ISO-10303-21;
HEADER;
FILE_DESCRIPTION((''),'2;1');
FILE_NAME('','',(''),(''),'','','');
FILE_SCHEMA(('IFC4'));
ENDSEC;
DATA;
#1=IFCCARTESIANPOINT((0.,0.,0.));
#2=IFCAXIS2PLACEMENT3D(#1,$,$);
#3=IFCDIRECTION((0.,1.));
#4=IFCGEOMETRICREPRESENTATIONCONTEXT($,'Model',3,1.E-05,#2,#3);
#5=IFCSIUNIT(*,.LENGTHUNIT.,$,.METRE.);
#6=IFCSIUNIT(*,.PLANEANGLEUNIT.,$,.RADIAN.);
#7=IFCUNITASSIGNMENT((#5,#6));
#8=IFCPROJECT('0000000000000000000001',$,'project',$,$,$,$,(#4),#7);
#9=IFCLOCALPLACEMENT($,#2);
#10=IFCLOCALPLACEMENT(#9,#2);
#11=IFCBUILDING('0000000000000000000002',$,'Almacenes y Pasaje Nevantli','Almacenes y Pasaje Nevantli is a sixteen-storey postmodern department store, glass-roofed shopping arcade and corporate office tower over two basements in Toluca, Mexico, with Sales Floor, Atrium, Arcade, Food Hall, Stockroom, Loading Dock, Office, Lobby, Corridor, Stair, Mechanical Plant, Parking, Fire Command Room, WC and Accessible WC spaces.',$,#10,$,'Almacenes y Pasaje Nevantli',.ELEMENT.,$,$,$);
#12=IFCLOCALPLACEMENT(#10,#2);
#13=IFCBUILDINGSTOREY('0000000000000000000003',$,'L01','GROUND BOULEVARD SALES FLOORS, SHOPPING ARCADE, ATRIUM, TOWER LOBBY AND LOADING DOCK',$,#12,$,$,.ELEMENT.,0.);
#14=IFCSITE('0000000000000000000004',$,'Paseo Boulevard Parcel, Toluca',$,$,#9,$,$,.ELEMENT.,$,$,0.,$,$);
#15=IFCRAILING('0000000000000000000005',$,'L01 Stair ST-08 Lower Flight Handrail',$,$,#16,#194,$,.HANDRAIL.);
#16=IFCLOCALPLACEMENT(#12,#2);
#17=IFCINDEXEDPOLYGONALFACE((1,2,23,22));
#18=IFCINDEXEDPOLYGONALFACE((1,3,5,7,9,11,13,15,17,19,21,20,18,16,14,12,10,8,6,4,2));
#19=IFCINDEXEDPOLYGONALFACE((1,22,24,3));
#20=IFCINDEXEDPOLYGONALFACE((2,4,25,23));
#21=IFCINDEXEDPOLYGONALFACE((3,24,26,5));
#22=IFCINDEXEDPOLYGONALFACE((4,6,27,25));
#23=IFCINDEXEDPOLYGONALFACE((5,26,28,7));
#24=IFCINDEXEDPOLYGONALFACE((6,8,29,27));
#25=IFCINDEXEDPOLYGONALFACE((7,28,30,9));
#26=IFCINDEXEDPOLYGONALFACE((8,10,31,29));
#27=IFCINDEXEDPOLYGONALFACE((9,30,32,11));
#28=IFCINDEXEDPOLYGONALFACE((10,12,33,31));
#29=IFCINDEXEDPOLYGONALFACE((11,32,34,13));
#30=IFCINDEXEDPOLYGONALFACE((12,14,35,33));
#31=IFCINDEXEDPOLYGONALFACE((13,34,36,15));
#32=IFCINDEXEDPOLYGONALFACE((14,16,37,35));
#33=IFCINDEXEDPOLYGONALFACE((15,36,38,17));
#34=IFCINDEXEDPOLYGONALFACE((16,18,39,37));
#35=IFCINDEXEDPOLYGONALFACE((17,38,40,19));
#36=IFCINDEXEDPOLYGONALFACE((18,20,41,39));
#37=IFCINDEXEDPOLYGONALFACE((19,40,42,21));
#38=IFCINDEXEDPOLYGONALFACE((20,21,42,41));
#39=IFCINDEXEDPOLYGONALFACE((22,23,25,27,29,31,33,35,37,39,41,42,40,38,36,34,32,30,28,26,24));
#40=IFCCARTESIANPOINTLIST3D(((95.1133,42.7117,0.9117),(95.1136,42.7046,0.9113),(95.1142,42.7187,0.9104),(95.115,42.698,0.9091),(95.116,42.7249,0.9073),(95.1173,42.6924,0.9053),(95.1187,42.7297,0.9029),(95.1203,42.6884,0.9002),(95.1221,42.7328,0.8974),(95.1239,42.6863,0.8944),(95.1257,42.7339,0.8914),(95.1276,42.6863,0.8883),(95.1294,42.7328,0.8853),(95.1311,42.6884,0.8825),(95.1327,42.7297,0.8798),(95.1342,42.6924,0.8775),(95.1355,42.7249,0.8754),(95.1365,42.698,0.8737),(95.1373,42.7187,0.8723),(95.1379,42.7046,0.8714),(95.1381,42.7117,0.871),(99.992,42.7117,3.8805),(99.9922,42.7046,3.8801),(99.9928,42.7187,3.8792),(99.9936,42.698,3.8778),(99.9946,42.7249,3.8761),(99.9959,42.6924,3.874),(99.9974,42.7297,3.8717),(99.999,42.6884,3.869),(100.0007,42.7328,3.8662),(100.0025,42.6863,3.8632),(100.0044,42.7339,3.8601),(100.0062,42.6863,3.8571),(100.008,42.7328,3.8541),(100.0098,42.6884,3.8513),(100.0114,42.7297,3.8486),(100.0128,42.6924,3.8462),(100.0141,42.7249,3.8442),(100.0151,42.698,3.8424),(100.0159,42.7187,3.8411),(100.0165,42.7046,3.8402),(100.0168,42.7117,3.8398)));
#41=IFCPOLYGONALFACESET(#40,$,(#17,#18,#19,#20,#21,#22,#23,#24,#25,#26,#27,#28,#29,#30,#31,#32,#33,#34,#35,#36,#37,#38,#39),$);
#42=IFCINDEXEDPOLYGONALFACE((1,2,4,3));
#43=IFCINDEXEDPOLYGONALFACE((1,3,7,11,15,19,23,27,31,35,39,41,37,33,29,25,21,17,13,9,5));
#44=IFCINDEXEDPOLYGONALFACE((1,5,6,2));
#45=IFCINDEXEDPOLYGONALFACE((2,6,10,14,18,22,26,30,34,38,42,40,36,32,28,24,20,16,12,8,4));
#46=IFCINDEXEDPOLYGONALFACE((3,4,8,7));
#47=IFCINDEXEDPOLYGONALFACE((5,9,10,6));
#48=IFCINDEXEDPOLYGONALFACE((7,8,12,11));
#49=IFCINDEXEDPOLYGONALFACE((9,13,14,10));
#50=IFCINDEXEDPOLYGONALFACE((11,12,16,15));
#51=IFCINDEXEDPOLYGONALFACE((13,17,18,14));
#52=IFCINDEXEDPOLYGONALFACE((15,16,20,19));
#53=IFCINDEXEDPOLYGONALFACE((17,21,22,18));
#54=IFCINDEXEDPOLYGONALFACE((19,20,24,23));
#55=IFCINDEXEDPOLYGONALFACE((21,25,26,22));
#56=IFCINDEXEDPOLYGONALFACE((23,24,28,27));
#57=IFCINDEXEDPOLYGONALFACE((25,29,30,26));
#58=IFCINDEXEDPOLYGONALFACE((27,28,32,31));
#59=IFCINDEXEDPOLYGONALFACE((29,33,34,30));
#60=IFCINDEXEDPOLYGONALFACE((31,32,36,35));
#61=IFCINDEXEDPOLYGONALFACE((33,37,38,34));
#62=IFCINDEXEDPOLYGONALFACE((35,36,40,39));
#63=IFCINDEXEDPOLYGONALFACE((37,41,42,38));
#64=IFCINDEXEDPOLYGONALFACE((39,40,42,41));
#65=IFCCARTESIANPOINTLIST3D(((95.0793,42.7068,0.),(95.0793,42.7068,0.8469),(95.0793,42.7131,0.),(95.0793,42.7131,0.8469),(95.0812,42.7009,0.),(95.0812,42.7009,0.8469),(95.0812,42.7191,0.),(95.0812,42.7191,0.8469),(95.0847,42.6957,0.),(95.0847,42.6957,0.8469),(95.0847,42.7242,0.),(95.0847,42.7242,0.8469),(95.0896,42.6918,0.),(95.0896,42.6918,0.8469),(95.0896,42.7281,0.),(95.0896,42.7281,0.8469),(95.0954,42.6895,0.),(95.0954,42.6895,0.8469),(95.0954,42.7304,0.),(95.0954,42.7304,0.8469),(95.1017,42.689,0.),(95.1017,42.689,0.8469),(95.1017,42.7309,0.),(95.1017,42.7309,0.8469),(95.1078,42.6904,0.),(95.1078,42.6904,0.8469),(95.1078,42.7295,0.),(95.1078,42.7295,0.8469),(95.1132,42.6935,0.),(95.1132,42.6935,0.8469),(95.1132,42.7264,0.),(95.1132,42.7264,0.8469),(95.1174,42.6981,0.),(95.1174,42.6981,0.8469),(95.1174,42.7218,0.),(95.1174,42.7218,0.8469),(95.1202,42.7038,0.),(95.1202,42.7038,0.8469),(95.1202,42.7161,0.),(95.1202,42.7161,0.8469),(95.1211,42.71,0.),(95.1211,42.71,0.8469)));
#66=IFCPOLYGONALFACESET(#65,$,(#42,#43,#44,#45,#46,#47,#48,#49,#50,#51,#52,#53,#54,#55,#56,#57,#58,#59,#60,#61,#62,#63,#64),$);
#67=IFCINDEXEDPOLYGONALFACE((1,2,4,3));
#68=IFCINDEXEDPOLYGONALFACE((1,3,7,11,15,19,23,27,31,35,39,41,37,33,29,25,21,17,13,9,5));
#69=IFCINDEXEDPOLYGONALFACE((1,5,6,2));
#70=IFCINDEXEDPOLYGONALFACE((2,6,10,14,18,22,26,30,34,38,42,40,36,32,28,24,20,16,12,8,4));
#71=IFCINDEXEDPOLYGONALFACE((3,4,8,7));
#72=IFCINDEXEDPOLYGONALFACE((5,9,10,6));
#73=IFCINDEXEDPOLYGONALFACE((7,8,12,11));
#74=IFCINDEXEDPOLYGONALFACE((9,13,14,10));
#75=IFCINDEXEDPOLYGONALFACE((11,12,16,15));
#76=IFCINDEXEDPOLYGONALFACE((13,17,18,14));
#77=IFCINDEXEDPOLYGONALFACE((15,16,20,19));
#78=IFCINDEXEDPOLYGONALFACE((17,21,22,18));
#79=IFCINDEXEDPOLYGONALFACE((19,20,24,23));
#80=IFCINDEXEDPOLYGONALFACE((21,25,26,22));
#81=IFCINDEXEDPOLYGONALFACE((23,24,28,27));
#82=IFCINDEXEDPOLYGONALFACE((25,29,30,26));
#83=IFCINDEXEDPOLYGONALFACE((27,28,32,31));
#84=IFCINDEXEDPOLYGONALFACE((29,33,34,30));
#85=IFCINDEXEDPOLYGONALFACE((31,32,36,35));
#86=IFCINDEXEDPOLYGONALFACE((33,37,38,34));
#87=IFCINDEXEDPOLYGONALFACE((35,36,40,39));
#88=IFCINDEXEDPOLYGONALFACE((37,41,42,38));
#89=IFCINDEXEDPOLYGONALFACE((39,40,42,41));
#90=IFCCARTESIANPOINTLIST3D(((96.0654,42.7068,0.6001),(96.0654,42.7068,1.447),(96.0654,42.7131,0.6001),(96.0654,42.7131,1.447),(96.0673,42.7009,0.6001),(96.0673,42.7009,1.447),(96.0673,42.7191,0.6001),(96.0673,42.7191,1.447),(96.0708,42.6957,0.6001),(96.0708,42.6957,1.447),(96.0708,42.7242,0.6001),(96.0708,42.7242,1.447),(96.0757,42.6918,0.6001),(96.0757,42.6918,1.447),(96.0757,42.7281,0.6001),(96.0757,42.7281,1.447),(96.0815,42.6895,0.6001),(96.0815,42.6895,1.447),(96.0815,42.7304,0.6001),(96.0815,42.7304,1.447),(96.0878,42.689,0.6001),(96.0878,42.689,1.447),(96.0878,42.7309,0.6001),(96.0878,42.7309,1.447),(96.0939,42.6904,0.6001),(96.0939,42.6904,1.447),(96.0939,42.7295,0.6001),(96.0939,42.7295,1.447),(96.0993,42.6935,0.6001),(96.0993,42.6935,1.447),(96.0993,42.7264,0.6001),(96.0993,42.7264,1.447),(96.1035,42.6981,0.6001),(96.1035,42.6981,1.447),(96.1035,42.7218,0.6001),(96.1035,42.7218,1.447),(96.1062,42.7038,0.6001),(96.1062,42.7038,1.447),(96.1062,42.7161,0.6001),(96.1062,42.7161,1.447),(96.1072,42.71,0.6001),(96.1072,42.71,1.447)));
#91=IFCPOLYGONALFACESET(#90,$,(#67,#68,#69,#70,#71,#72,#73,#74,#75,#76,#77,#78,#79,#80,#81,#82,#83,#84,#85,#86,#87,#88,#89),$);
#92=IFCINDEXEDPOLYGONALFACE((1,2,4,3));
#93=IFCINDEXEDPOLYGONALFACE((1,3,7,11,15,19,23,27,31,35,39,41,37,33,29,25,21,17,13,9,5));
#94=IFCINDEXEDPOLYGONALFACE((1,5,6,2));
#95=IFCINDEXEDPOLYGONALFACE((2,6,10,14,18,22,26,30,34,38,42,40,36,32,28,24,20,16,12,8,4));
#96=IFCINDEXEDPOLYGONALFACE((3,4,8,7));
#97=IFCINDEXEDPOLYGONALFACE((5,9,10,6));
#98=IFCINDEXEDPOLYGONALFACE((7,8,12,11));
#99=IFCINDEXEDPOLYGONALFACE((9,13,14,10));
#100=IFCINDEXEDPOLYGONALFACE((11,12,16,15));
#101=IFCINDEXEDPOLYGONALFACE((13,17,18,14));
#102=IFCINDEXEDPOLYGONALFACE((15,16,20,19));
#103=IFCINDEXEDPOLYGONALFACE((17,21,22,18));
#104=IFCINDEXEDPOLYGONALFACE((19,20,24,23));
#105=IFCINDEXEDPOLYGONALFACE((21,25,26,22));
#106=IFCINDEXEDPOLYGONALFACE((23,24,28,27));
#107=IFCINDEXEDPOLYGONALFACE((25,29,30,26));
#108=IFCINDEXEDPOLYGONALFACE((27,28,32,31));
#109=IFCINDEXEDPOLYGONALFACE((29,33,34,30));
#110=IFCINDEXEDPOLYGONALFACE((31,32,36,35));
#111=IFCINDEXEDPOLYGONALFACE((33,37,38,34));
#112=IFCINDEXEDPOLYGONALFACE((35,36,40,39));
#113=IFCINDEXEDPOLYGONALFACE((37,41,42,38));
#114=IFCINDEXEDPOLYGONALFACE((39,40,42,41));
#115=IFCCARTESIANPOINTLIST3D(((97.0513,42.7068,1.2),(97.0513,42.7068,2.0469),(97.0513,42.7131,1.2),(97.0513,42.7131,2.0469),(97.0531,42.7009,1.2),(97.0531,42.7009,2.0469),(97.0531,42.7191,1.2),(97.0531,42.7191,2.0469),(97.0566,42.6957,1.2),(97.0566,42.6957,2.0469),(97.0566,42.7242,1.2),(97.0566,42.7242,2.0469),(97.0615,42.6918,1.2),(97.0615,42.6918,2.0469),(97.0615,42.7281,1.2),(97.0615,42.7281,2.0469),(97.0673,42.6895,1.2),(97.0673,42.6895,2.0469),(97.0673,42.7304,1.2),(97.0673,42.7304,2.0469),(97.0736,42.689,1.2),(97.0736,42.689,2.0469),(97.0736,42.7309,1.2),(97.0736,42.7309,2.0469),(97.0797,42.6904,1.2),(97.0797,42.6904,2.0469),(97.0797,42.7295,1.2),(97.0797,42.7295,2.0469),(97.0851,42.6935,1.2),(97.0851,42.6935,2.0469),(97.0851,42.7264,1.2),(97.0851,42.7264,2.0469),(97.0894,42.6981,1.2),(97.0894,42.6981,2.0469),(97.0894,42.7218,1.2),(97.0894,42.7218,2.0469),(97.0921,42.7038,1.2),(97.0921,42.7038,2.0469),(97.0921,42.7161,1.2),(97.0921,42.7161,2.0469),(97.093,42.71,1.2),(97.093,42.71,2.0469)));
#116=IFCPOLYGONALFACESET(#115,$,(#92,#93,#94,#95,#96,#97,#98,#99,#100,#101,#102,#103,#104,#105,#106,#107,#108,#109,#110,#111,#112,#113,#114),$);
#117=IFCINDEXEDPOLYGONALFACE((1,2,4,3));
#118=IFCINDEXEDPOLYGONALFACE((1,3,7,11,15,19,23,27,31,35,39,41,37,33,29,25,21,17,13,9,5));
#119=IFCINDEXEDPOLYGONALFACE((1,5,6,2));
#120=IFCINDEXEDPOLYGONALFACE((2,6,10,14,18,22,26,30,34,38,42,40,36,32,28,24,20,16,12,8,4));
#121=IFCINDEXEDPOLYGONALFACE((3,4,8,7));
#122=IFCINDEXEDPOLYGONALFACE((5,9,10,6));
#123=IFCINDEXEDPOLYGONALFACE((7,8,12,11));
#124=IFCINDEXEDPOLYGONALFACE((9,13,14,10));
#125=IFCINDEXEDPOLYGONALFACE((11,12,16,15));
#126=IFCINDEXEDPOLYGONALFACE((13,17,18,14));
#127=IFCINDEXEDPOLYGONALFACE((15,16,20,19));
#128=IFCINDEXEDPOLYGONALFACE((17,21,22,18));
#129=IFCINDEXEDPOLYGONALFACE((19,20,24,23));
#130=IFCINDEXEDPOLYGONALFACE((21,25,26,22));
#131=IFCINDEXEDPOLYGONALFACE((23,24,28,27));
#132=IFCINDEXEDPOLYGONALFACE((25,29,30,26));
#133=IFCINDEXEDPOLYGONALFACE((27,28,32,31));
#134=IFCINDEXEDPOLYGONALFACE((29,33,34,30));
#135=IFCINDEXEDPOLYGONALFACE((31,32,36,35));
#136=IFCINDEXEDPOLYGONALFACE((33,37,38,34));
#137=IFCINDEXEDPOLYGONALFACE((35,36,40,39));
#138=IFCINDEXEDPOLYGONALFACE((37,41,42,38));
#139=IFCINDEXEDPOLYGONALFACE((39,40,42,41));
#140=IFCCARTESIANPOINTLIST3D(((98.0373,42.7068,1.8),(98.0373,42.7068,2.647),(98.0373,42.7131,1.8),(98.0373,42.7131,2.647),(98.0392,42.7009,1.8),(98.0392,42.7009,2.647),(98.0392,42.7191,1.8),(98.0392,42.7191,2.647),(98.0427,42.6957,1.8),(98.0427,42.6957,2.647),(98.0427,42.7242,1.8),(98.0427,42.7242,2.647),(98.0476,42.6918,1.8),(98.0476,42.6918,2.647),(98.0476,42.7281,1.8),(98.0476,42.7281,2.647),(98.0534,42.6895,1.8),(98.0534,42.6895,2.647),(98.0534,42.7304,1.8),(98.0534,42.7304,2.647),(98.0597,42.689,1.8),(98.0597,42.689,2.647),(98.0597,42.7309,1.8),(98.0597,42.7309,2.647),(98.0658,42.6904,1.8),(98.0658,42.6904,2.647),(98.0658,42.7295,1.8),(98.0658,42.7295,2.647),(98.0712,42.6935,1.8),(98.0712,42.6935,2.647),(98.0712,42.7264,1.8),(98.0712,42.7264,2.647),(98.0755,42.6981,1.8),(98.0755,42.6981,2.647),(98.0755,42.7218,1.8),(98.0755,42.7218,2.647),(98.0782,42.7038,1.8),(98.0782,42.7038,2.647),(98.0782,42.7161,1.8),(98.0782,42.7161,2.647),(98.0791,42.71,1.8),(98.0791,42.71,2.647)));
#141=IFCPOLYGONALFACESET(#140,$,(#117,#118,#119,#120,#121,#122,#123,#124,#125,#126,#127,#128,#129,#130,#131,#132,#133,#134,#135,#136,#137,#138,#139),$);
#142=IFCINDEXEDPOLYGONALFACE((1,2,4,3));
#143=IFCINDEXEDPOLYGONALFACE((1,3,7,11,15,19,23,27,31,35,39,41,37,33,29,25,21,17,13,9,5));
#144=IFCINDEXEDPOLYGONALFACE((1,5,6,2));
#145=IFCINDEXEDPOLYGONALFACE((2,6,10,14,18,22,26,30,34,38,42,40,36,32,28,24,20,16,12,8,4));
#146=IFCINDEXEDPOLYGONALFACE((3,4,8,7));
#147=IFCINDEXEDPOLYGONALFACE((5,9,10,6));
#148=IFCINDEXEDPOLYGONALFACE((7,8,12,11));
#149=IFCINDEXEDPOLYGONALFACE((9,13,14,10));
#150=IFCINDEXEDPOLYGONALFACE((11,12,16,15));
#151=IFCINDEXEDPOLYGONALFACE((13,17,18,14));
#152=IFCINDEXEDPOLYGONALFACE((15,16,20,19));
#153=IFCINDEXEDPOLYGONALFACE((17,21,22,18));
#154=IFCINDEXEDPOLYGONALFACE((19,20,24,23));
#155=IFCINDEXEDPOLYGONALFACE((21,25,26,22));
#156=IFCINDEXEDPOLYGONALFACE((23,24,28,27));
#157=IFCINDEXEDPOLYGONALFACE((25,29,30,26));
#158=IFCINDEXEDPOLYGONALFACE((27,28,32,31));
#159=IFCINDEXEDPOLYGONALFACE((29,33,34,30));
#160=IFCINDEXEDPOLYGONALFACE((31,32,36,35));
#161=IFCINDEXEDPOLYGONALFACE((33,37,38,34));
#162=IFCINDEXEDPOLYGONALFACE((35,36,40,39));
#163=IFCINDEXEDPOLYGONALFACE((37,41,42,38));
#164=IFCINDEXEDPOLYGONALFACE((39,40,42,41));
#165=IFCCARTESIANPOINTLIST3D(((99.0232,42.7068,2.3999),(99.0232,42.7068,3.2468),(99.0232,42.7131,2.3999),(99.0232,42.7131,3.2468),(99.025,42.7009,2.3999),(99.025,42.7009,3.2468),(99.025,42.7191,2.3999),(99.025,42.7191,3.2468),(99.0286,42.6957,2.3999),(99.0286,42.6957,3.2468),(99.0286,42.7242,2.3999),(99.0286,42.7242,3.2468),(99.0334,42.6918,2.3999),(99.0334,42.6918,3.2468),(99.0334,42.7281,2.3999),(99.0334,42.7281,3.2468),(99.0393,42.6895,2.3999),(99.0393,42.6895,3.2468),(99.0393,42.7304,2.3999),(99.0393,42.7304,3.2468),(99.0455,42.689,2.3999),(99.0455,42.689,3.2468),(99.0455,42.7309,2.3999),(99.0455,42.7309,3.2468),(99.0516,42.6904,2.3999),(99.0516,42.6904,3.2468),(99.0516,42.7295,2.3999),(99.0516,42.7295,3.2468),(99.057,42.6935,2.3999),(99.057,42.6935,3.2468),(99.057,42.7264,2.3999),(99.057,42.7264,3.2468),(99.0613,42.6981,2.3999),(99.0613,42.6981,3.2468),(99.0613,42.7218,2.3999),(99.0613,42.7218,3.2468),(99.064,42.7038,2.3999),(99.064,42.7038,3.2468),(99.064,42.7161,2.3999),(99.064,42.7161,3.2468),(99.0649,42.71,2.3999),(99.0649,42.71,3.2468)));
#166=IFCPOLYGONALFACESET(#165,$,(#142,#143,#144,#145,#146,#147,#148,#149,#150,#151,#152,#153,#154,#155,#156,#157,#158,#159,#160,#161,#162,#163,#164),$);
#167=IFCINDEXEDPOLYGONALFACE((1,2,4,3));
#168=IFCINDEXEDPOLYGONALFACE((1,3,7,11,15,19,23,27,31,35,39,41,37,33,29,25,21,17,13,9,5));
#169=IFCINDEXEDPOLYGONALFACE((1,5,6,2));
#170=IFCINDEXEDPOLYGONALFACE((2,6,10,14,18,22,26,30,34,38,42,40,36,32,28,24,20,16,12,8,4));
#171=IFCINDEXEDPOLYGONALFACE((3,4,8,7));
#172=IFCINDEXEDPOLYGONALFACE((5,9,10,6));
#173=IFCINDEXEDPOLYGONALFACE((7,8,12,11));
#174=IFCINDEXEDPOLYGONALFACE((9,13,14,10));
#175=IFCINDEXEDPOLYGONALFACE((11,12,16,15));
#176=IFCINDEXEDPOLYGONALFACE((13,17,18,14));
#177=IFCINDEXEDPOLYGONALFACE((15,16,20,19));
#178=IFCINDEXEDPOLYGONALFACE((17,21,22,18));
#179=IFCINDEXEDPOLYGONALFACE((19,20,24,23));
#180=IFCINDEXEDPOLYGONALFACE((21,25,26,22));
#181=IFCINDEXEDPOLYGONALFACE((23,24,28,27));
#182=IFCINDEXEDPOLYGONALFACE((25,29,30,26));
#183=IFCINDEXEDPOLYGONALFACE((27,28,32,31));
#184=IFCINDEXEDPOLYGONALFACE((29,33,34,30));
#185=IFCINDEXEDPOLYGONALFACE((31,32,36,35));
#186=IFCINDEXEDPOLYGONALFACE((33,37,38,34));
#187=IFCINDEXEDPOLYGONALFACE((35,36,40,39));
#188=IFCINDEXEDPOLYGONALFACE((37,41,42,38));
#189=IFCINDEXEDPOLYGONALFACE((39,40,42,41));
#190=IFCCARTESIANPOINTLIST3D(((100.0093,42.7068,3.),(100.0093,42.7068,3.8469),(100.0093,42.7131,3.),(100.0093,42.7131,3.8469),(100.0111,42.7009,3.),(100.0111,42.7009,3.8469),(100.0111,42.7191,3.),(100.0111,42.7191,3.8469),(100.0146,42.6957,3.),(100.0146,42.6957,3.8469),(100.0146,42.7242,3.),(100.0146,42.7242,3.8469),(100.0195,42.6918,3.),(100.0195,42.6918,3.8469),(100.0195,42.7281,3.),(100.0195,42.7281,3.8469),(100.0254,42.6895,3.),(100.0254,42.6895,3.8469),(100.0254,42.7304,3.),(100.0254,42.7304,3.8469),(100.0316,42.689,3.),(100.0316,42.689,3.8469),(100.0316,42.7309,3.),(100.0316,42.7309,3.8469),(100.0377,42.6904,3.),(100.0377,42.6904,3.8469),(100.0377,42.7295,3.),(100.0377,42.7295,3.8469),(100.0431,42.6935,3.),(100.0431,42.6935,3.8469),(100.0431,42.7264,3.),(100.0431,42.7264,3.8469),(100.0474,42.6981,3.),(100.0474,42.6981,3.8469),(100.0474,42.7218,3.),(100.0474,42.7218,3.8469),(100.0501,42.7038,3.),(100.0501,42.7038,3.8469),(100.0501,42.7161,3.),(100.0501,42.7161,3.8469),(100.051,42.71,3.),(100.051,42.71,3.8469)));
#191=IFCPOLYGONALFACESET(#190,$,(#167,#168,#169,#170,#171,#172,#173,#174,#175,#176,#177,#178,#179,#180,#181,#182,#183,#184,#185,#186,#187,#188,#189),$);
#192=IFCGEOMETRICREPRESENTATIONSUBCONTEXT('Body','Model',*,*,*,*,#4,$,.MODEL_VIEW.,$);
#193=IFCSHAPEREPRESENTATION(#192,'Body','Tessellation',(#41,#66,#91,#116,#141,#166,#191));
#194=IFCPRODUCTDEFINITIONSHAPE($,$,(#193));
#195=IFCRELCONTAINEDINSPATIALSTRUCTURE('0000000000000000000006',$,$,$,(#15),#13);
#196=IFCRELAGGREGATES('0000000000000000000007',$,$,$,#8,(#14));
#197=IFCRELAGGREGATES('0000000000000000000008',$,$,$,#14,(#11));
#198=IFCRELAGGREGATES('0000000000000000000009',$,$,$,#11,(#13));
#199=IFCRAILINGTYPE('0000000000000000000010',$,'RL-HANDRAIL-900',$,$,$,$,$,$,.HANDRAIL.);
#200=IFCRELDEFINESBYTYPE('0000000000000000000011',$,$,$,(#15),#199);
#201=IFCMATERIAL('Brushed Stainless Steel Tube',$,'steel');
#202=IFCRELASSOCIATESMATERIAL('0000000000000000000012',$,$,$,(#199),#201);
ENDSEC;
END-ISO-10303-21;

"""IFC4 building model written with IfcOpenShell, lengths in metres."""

from ifc_helpers import new_model, si_unit, direction, frame, origin, origin_2d, place, context, subcontext, project, spatial, circle, extrude, material, type_object, element, save


model = new_model("IFC4")

# Units and contexts
model_context = context("Model", 3, precision=1e-05, world=origin(), true_north=direction((0.0, 1.0)))
body_context = subcontext(model_context, "Body", "Model", "MODEL_VIEW")
ifc_project = project(units=[si_unit("LENGTHUNIT", "METRE"), si_unit("PLANEANGLEUNIT", "RADIAN")], contexts=[model_context])

# Site, building, storey
site_placement = place(None, origin())
site = spatial("IfcSite", under=ifc_project, at=site_placement, Name="Paseo Boulevard Parcel, Toluca", CompositionType="ELEMENT", RefElevation=0.0)
building_placement = place(site_placement, origin())
building = spatial("IfcBuilding", under=site, at=building_placement, Name="Almacenes y Pasaje Nevantli", Description="Almacenes y Pasaje Nevantli is a sixteen-storey postmodern department store, glass-roofed shopping arcade and corporate office tower over two basements in Toluca, Mexico, with Sales Floor, Atrium, Arcade, Food Hall, Stockroom, Loading Dock, Office, Lobby, Corridor, Stair, Mechanical Plant, Parking, Fire Command Room, WC and Accessible WC spaces.", LongName="Almacenes y Pasaje Nevantli", CompositionType="ELEMENT")
storey_placement = place(building_placement, origin())
storey = spatial("IfcBuildingStorey", under=building, at=storey_placement, Name="L01", Description="GROUND BOULEVARD SALES FLOORS, SHOPPING ARCADE, ATRIUM, TOWER LOBBY AND LOADING DOCK", CompositionType="ELEMENT", Elevation=0.0)

# Railing
ifc_material_1 = material(Name="Brushed Stainless Steel Tube", Category="steel")
railing_type_1 = type_object("IfcRailingType", Name="RL-HANDRAIL-900", PredefinedType="HANDRAIL", material=ifc_material_1)
railing_1_placement = place(storey_placement, frame((95.1001, 42.71, 0.0)))
element("IfcRailing", 1, at=railing_1_placement, inside=storey, type_object=railing_type_1, Name="L01 Stair ST-08 Lower Flight Handrail", PredefinedType="HANDRAIL", context=body_context, shape_type="SweptSolid", body=[
    extrude(circle(Radius=0.0239, at=origin_2d()), frame((0.0256, 0.0, 0.8914), z_axis=(0.854262, 0.0, 0.519842), x_axis=(0.0, 1.0, 0.0)), (0.0, 0.0, 1.0), 5.7109),
    extrude(circle(Radius=0.021, at=origin_2d()), origin(), (0.0, 0.0, 1.0), 0.8469),
    extrude(circle(Radius=0.021, at=origin_2d()), frame((0.9861, 0.0, 0.6001)), (0.0, 0.0, 1.0), 0.8469),
    extrude(circle(Radius=0.021, at=origin_2d()), frame((1.9719, 0.0, 1.2)), (0.0, 0.0, 1.0), 0.8469),
    extrude(circle(Radius=0.021, at=origin_2d()), frame((2.958, 0.0, 1.8)), (0.0, 0.0, 1.0), 0.8469),
    extrude(circle(Radius=0.021, at=origin_2d()), frame((3.9438, 0.0, 2.3999)), (0.0, 0.0, 1.0), 0.8469),
    extrude(circle(Radius=0.021, at=origin_2d()), frame((4.9299, 0.0, 3.0)), (0.0, 0.0, 1.0), 0.8469),
])

save(model, "model.ifc")
